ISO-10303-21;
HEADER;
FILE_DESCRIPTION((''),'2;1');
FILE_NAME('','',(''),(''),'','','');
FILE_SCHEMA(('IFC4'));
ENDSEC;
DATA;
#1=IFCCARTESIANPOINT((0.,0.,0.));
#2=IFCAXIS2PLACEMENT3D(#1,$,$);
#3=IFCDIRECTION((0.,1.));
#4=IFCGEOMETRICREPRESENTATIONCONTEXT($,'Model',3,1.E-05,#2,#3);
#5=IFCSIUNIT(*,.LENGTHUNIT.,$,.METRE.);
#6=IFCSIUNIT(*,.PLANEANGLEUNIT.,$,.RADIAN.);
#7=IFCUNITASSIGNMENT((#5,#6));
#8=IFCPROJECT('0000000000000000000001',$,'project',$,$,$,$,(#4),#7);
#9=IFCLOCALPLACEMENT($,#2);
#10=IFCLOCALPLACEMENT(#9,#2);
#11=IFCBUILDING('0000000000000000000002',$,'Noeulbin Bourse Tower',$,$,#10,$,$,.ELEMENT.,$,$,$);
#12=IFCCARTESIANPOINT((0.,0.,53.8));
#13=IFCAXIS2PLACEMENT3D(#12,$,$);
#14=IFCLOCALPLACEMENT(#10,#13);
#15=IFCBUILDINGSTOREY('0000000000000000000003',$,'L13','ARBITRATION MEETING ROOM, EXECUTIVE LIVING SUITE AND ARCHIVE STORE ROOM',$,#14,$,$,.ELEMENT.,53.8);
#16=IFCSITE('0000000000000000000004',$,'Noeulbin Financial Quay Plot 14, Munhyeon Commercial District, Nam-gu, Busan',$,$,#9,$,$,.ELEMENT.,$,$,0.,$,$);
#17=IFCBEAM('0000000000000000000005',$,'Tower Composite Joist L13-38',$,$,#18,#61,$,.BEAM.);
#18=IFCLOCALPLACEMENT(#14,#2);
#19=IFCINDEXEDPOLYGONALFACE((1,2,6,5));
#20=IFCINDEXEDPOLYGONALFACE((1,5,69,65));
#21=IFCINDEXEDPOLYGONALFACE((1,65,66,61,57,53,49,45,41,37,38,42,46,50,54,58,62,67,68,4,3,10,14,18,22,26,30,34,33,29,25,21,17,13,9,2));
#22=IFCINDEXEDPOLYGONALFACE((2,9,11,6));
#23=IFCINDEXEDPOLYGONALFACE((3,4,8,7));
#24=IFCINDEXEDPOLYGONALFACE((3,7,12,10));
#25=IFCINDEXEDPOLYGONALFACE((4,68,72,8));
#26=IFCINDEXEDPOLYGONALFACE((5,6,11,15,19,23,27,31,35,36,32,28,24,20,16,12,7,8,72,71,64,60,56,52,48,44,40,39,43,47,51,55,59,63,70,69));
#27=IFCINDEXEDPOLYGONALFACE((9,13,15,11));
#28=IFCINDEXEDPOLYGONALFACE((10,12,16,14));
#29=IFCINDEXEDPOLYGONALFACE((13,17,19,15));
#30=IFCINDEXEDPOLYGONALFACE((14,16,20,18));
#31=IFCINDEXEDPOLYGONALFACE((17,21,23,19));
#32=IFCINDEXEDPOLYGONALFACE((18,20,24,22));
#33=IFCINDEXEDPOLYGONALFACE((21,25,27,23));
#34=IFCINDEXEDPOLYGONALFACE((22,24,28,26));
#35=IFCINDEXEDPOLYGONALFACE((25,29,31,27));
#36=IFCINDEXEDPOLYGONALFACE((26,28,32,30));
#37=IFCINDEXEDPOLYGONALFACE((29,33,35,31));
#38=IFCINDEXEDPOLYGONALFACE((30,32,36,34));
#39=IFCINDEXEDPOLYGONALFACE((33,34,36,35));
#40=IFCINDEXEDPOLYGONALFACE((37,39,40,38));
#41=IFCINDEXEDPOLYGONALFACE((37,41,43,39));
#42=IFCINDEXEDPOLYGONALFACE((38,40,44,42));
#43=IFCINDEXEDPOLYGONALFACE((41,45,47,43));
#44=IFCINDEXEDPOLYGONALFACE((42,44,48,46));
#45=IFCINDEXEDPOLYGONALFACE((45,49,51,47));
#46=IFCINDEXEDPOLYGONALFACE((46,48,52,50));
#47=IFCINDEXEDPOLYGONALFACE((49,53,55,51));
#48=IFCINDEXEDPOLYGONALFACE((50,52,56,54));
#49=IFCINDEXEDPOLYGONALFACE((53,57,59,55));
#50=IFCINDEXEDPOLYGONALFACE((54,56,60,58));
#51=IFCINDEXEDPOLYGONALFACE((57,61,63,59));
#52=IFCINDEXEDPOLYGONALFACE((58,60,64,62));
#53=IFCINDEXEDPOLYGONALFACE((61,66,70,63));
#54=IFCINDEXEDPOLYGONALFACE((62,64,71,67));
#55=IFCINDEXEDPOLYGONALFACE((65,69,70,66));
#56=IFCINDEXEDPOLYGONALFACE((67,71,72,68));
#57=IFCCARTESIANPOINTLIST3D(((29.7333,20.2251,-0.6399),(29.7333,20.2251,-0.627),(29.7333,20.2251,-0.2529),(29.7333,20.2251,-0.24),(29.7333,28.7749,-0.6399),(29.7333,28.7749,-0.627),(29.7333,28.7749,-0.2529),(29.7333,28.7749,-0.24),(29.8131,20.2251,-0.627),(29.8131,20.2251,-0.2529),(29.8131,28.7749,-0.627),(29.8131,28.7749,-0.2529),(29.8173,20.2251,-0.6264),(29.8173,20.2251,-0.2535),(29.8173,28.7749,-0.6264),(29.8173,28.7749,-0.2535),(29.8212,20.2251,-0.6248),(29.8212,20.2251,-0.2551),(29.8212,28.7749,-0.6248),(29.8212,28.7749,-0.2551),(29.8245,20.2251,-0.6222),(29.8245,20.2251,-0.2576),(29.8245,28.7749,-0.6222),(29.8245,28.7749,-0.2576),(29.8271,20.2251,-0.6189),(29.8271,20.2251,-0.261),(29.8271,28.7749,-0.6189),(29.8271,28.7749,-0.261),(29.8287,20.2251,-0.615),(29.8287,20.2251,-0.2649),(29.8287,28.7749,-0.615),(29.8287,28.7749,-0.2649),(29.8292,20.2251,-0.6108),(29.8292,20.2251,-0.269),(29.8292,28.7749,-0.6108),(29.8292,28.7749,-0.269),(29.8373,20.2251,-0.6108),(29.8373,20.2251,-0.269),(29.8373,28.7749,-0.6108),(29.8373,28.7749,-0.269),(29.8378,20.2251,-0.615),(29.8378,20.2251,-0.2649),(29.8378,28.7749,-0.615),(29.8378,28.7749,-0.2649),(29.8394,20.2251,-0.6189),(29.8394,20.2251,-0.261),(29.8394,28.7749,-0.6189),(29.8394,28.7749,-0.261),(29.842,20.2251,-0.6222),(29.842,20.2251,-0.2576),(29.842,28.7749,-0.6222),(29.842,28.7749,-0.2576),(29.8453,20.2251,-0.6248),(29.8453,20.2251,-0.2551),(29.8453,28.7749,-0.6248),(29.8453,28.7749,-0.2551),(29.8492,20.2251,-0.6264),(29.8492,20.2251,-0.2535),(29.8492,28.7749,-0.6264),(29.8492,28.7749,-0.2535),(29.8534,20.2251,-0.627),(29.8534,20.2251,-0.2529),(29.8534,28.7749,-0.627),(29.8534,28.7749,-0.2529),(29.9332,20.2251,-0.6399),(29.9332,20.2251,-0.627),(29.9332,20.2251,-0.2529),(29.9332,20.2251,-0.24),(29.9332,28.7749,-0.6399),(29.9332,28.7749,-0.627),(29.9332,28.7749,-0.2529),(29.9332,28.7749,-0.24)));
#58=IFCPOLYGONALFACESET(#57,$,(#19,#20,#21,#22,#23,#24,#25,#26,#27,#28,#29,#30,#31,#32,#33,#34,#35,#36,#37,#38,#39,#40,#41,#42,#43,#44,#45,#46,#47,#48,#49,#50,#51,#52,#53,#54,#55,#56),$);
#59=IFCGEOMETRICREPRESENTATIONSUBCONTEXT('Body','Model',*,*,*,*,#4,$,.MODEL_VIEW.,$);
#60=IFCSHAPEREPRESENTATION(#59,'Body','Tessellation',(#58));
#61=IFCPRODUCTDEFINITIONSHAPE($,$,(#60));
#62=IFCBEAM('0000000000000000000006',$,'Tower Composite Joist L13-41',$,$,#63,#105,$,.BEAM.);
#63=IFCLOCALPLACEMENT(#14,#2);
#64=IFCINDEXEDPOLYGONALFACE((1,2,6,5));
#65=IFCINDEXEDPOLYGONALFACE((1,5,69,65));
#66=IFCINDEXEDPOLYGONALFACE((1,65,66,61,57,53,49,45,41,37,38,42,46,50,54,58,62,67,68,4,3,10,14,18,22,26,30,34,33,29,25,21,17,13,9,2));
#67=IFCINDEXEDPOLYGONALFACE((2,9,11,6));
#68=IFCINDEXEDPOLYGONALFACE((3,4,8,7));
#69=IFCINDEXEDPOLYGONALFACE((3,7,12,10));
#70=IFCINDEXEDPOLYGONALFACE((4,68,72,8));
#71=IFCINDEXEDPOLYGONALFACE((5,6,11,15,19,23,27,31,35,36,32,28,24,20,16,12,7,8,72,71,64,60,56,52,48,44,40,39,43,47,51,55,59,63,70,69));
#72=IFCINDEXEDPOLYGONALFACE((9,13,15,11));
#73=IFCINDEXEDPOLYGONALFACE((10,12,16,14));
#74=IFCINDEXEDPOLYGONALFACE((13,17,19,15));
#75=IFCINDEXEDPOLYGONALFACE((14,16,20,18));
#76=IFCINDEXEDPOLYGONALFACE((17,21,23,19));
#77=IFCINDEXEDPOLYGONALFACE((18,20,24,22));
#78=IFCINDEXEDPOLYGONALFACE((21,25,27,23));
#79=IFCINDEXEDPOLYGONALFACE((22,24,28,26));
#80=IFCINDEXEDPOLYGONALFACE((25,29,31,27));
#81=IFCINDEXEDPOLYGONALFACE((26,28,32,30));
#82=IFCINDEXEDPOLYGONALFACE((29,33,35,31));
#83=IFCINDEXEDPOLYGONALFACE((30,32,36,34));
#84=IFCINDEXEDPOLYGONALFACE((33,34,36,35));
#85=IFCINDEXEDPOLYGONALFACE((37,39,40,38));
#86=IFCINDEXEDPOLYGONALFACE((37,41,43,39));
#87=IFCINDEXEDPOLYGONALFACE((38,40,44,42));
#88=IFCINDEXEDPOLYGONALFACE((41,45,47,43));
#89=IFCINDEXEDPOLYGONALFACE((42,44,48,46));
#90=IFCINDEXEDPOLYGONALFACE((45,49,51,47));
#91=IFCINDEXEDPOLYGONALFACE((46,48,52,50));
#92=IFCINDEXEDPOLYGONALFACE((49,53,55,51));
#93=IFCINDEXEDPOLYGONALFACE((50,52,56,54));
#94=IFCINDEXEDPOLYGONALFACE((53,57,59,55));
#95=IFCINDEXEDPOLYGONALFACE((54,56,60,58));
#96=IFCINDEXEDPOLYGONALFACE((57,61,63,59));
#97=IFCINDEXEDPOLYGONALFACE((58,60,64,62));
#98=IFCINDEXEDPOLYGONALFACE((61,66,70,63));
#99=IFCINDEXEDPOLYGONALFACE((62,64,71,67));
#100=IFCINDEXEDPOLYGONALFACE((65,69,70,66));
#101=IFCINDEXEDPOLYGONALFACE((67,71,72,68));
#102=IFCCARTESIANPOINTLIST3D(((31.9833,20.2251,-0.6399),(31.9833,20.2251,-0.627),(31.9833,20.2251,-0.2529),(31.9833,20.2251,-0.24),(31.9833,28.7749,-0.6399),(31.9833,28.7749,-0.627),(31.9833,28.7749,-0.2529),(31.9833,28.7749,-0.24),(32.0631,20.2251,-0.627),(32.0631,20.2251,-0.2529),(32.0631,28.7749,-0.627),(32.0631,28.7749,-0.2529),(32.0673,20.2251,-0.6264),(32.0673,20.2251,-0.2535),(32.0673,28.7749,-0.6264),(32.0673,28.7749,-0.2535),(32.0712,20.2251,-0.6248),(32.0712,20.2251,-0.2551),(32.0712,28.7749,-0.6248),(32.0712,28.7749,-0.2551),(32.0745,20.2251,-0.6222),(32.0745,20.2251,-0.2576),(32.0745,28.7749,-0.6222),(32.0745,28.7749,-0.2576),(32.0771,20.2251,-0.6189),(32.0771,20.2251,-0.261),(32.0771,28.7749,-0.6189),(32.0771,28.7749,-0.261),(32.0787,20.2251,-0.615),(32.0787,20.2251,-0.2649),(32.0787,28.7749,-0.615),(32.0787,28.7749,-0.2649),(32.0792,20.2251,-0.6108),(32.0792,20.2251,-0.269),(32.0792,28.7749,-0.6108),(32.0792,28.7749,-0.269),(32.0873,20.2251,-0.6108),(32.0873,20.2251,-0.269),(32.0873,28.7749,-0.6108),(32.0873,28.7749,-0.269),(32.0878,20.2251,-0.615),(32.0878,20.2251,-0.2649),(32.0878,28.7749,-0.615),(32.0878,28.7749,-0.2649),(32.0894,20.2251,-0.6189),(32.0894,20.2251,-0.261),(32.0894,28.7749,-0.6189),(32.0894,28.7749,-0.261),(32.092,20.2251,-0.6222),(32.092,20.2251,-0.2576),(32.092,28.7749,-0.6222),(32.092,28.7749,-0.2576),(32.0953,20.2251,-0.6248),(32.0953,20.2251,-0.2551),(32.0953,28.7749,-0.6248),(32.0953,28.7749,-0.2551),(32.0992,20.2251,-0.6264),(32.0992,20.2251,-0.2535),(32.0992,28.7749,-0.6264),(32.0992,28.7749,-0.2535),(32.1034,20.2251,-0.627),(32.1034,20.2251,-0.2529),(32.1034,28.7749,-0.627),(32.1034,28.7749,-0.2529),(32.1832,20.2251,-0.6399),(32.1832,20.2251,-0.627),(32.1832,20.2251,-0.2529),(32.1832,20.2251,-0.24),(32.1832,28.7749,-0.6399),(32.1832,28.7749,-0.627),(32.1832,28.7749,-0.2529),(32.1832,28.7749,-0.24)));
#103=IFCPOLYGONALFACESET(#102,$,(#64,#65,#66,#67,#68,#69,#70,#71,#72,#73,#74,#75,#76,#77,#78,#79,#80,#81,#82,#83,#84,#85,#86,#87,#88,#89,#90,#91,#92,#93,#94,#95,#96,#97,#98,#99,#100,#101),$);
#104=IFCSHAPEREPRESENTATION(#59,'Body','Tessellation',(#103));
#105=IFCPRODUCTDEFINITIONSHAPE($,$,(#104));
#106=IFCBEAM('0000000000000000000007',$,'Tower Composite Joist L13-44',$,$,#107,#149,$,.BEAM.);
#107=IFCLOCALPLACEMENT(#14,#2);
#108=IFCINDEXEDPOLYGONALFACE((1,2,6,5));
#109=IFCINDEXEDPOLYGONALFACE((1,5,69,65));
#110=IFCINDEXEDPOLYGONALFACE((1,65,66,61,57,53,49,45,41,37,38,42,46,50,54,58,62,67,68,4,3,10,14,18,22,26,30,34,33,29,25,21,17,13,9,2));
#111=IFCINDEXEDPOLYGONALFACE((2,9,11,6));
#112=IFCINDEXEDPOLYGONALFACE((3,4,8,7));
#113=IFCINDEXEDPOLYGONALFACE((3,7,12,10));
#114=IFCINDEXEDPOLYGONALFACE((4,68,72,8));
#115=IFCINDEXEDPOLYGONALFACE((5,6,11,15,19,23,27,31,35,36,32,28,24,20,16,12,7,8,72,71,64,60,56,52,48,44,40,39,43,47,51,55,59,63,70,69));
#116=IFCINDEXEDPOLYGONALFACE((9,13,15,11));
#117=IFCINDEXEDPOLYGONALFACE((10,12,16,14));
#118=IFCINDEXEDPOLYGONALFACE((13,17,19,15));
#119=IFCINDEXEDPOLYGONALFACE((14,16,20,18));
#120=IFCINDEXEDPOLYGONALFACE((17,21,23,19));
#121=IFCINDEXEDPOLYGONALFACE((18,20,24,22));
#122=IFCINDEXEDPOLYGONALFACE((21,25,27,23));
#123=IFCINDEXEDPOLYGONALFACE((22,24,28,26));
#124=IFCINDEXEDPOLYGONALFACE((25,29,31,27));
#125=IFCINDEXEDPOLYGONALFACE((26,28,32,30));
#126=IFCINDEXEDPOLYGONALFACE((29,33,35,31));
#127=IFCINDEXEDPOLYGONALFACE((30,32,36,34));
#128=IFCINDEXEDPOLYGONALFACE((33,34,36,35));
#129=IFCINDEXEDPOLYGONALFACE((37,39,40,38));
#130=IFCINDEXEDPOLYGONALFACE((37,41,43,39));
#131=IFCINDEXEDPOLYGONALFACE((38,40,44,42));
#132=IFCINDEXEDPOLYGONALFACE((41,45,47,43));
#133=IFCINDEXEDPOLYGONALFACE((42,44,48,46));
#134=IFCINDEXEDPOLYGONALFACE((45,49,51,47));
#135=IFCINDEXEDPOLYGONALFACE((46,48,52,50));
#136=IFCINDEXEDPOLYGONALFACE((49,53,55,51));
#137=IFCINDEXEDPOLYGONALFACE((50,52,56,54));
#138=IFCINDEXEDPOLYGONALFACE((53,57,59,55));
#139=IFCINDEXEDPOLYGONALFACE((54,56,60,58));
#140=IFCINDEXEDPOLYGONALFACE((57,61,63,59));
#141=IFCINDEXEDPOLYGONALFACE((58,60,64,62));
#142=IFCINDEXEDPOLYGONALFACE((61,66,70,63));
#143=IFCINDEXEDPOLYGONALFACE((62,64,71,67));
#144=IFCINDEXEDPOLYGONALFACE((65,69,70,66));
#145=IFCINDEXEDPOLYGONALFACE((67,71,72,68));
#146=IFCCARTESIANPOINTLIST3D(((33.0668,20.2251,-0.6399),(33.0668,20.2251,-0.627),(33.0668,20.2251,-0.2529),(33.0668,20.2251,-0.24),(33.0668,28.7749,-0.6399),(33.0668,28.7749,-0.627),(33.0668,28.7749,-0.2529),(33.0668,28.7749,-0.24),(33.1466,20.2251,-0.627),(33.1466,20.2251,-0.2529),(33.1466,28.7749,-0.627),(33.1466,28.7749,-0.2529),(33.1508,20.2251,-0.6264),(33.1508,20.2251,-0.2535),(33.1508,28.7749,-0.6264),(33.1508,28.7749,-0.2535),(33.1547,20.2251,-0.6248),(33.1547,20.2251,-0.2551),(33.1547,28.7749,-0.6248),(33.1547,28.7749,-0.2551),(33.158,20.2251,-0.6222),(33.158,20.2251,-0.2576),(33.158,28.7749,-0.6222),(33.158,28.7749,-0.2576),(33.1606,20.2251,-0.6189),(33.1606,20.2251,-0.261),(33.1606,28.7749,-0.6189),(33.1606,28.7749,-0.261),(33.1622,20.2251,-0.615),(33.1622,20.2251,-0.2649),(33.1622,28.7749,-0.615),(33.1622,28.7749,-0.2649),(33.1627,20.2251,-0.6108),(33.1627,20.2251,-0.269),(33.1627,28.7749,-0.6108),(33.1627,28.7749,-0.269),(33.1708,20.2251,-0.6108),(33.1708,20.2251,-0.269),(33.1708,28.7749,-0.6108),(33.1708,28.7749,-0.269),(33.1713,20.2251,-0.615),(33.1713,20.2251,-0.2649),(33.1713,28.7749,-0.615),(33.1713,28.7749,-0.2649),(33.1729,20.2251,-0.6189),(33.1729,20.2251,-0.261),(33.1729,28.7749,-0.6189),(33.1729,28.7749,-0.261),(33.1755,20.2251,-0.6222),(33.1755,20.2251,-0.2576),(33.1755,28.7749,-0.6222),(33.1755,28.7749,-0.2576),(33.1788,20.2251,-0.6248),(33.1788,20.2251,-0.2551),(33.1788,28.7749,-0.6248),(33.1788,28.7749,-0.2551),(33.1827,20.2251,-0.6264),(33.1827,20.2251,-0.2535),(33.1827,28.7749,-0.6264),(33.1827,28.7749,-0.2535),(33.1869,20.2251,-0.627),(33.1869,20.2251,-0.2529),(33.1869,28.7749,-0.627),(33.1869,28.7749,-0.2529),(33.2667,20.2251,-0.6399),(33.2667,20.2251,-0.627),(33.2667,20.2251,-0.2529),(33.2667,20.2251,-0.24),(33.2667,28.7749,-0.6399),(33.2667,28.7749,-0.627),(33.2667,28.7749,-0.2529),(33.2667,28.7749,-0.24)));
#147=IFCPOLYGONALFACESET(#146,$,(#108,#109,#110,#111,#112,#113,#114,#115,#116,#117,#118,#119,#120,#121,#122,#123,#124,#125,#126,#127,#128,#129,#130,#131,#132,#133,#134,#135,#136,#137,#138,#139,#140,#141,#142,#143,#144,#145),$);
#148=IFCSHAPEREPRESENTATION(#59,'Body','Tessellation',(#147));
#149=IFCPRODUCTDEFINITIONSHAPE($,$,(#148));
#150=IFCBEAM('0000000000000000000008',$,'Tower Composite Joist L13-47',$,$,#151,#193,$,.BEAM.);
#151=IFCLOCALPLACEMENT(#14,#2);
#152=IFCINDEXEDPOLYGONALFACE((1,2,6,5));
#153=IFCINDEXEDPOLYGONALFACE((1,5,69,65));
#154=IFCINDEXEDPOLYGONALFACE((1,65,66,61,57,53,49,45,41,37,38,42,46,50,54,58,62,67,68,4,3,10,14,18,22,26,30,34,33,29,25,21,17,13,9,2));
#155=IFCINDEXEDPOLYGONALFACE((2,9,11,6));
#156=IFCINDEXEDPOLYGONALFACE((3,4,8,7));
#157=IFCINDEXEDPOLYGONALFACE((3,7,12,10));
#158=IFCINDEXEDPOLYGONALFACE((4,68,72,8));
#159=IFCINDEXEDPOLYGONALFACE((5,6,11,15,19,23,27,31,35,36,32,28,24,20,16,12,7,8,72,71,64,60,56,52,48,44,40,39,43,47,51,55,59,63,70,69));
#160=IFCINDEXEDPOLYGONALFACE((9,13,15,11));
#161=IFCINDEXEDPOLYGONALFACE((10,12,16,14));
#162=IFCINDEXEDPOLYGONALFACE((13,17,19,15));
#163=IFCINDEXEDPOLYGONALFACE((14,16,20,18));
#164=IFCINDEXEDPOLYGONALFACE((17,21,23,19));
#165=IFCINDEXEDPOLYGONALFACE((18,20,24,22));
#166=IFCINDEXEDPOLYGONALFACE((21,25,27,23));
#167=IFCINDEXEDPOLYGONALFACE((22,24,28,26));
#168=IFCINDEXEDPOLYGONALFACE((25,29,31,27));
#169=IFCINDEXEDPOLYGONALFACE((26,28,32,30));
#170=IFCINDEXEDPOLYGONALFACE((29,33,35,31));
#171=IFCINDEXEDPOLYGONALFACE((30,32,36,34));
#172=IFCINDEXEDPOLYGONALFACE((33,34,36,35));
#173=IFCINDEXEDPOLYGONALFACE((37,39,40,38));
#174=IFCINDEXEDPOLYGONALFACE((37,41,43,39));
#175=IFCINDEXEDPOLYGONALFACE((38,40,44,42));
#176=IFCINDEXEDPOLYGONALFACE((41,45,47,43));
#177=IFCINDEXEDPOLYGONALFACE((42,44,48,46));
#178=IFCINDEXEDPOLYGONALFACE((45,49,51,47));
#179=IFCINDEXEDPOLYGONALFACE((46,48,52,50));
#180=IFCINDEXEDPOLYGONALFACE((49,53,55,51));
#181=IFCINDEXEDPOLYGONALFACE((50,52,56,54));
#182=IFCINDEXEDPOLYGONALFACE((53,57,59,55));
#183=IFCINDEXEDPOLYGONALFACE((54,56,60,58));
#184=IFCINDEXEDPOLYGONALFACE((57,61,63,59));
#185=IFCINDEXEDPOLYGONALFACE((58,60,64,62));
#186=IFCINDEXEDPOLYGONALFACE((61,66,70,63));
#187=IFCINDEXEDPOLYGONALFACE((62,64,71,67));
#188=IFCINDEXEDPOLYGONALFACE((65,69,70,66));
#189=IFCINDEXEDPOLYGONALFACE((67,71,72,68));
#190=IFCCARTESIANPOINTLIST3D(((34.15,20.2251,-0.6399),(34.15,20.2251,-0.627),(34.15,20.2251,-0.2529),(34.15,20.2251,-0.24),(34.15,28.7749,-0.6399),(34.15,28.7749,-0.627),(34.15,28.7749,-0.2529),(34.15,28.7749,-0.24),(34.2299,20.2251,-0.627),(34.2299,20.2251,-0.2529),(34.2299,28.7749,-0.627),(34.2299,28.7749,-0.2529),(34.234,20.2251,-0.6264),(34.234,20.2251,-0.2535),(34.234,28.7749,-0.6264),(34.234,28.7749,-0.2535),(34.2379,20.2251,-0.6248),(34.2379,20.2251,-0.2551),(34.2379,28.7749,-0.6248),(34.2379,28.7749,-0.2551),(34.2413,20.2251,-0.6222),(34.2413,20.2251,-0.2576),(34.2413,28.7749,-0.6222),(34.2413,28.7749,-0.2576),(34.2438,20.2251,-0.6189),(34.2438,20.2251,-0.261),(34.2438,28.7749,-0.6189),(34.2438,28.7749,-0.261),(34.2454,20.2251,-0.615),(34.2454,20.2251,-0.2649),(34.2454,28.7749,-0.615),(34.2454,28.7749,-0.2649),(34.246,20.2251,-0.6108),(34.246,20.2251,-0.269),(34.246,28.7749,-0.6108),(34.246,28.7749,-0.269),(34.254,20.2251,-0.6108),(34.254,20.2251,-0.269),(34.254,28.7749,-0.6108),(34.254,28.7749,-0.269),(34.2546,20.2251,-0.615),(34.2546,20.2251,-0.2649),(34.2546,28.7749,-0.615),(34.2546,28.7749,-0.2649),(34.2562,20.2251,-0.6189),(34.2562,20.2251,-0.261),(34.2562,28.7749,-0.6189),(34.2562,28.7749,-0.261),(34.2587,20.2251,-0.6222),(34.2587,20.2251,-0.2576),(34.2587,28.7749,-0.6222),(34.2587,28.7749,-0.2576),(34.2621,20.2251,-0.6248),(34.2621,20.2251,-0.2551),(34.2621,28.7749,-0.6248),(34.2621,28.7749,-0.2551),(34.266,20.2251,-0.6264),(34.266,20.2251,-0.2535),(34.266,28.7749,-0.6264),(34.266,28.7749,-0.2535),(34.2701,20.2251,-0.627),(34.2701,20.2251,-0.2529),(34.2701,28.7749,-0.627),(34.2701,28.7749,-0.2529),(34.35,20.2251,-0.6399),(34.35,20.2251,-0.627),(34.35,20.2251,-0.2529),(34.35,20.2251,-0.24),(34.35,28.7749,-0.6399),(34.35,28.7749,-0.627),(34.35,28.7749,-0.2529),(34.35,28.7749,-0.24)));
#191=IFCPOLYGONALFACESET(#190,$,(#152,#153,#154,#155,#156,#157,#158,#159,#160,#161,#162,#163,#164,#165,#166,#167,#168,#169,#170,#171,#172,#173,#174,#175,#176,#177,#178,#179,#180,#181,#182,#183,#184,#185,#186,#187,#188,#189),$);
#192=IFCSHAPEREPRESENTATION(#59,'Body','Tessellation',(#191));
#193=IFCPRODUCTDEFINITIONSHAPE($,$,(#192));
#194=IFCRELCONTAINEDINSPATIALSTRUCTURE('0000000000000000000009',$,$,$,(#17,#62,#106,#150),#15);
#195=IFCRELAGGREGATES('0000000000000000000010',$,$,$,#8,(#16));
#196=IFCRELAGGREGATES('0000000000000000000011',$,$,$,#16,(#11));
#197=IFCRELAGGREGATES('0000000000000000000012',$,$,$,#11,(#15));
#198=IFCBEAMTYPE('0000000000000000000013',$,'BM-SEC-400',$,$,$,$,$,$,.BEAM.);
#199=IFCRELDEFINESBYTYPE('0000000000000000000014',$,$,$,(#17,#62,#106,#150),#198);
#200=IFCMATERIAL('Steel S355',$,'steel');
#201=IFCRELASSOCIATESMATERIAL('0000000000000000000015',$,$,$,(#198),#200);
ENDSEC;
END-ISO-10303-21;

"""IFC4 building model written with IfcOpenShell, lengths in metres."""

from ifc_helpers import new_model, si_unit, direction, frame, origin, origin_2d, place, context, subcontext, project, spatial, i_section, extrude, material, material_profile, profile_set, type_object, element, save


model = new_model("IFC4")

# Units and contexts
model_context = context("Model", 3, precision=1e-05, world=origin(), true_north=direction((0.0, 1.0)))
body_context = subcontext(model_context, "Body", "Model", "MODEL_VIEW")
ifc_project = project(units=[si_unit("LENGTHUNIT", "METRE"), si_unit("PLANEANGLEUNIT", "RADIAN")], contexts=[model_context])

# Site, building, storey
site_placement = place(None, origin())
site = spatial("IfcSite", under=ifc_project, at=site_placement, Name="Noeulbin Financial Quay Plot 14, Munhyeon Commercial District, Nam-gu, Busan", CompositionType="ELEMENT", RefElevation=0.0)
building_placement = place(site_placement, origin())
building = spatial("IfcBuilding", under=site, at=building_placement, Name="Noeulbin Bourse Tower", CompositionType="ELEMENT")
storey_placement = place(building_placement, frame((0.0, 0.0, 53.8)))
storey = spatial("IfcBuildingStorey", under=building, at=storey_placement, Name="L13", Description="ARBITRATION MEETING ROOM, EXECUTIVE LIVING SUITE AND ARCHIVE STORE ROOM", CompositionType="ELEMENT", Elevation=53.8)

# Beams
ifc_material_1 = material(Name="Steel S355", Category="steel")
ifc_material_profile_1 = material_profile(ifc_material_1, i_section(OverallWidth=0.2, OverallDepth=0.3999, WebThickness=0.0081, FlangeThickness=0.0129, FilletRadius=0.0161, at=origin_2d()), Name="H-400x200x8x13", Category="LoadBearing")
ifc_profile_set_1 = profile_set([ifc_material_profile_1], Name="Steel S355")
beam_type_1 = type_object("IfcBeamType", Name="BM-SEC-400", PredefinedType="BEAM", material=ifc_profile_set_1)
for number, where, z_axis, x_axis, name in (
    (1, (29.8333, 20.2251, -0.4399), (0.0, 1.0, 0.0), (-1.0, 0.0, 0.0), "Tower Composite Joist L13-38"),
    (2, (32.0833, 20.2251, -0.4399), (0.0, 1.0, 0.0), (-1.0, 0.0, 0.0), "Tower Composite Joist L13-41"),
    (3, (33.1667, 20.2251, -0.4399), (0.0, 1.0, 0.0), (-1.0, 0.0, 0.0), "Tower Composite Joist L13-44"),
    (4, (34.25, 20.2251, -0.4399), (0.0, 1.0, 0.0), (-1.0, 0.0, 0.0), "Tower Composite Joist L13-47"),
):
    element("IfcBeam", number, at=place(storey_placement, frame(where, z_axis=z_axis, x_axis=x_axis)), inside=storey, type_object=beam_type_1, Name=name, PredefinedType="BEAM", context=body_context, shape_type="SweptSolid", body=[
        extrude(i_section(OverallWidth=0.2, OverallDepth=0.3999, WebThickness=0.0081, FlangeThickness=0.0129, FilletRadius=0.0161, at=origin_2d()), origin(), (0.0, 0.0, 1.0), 8.5498),
    ])

save(model, "model.ifc")
